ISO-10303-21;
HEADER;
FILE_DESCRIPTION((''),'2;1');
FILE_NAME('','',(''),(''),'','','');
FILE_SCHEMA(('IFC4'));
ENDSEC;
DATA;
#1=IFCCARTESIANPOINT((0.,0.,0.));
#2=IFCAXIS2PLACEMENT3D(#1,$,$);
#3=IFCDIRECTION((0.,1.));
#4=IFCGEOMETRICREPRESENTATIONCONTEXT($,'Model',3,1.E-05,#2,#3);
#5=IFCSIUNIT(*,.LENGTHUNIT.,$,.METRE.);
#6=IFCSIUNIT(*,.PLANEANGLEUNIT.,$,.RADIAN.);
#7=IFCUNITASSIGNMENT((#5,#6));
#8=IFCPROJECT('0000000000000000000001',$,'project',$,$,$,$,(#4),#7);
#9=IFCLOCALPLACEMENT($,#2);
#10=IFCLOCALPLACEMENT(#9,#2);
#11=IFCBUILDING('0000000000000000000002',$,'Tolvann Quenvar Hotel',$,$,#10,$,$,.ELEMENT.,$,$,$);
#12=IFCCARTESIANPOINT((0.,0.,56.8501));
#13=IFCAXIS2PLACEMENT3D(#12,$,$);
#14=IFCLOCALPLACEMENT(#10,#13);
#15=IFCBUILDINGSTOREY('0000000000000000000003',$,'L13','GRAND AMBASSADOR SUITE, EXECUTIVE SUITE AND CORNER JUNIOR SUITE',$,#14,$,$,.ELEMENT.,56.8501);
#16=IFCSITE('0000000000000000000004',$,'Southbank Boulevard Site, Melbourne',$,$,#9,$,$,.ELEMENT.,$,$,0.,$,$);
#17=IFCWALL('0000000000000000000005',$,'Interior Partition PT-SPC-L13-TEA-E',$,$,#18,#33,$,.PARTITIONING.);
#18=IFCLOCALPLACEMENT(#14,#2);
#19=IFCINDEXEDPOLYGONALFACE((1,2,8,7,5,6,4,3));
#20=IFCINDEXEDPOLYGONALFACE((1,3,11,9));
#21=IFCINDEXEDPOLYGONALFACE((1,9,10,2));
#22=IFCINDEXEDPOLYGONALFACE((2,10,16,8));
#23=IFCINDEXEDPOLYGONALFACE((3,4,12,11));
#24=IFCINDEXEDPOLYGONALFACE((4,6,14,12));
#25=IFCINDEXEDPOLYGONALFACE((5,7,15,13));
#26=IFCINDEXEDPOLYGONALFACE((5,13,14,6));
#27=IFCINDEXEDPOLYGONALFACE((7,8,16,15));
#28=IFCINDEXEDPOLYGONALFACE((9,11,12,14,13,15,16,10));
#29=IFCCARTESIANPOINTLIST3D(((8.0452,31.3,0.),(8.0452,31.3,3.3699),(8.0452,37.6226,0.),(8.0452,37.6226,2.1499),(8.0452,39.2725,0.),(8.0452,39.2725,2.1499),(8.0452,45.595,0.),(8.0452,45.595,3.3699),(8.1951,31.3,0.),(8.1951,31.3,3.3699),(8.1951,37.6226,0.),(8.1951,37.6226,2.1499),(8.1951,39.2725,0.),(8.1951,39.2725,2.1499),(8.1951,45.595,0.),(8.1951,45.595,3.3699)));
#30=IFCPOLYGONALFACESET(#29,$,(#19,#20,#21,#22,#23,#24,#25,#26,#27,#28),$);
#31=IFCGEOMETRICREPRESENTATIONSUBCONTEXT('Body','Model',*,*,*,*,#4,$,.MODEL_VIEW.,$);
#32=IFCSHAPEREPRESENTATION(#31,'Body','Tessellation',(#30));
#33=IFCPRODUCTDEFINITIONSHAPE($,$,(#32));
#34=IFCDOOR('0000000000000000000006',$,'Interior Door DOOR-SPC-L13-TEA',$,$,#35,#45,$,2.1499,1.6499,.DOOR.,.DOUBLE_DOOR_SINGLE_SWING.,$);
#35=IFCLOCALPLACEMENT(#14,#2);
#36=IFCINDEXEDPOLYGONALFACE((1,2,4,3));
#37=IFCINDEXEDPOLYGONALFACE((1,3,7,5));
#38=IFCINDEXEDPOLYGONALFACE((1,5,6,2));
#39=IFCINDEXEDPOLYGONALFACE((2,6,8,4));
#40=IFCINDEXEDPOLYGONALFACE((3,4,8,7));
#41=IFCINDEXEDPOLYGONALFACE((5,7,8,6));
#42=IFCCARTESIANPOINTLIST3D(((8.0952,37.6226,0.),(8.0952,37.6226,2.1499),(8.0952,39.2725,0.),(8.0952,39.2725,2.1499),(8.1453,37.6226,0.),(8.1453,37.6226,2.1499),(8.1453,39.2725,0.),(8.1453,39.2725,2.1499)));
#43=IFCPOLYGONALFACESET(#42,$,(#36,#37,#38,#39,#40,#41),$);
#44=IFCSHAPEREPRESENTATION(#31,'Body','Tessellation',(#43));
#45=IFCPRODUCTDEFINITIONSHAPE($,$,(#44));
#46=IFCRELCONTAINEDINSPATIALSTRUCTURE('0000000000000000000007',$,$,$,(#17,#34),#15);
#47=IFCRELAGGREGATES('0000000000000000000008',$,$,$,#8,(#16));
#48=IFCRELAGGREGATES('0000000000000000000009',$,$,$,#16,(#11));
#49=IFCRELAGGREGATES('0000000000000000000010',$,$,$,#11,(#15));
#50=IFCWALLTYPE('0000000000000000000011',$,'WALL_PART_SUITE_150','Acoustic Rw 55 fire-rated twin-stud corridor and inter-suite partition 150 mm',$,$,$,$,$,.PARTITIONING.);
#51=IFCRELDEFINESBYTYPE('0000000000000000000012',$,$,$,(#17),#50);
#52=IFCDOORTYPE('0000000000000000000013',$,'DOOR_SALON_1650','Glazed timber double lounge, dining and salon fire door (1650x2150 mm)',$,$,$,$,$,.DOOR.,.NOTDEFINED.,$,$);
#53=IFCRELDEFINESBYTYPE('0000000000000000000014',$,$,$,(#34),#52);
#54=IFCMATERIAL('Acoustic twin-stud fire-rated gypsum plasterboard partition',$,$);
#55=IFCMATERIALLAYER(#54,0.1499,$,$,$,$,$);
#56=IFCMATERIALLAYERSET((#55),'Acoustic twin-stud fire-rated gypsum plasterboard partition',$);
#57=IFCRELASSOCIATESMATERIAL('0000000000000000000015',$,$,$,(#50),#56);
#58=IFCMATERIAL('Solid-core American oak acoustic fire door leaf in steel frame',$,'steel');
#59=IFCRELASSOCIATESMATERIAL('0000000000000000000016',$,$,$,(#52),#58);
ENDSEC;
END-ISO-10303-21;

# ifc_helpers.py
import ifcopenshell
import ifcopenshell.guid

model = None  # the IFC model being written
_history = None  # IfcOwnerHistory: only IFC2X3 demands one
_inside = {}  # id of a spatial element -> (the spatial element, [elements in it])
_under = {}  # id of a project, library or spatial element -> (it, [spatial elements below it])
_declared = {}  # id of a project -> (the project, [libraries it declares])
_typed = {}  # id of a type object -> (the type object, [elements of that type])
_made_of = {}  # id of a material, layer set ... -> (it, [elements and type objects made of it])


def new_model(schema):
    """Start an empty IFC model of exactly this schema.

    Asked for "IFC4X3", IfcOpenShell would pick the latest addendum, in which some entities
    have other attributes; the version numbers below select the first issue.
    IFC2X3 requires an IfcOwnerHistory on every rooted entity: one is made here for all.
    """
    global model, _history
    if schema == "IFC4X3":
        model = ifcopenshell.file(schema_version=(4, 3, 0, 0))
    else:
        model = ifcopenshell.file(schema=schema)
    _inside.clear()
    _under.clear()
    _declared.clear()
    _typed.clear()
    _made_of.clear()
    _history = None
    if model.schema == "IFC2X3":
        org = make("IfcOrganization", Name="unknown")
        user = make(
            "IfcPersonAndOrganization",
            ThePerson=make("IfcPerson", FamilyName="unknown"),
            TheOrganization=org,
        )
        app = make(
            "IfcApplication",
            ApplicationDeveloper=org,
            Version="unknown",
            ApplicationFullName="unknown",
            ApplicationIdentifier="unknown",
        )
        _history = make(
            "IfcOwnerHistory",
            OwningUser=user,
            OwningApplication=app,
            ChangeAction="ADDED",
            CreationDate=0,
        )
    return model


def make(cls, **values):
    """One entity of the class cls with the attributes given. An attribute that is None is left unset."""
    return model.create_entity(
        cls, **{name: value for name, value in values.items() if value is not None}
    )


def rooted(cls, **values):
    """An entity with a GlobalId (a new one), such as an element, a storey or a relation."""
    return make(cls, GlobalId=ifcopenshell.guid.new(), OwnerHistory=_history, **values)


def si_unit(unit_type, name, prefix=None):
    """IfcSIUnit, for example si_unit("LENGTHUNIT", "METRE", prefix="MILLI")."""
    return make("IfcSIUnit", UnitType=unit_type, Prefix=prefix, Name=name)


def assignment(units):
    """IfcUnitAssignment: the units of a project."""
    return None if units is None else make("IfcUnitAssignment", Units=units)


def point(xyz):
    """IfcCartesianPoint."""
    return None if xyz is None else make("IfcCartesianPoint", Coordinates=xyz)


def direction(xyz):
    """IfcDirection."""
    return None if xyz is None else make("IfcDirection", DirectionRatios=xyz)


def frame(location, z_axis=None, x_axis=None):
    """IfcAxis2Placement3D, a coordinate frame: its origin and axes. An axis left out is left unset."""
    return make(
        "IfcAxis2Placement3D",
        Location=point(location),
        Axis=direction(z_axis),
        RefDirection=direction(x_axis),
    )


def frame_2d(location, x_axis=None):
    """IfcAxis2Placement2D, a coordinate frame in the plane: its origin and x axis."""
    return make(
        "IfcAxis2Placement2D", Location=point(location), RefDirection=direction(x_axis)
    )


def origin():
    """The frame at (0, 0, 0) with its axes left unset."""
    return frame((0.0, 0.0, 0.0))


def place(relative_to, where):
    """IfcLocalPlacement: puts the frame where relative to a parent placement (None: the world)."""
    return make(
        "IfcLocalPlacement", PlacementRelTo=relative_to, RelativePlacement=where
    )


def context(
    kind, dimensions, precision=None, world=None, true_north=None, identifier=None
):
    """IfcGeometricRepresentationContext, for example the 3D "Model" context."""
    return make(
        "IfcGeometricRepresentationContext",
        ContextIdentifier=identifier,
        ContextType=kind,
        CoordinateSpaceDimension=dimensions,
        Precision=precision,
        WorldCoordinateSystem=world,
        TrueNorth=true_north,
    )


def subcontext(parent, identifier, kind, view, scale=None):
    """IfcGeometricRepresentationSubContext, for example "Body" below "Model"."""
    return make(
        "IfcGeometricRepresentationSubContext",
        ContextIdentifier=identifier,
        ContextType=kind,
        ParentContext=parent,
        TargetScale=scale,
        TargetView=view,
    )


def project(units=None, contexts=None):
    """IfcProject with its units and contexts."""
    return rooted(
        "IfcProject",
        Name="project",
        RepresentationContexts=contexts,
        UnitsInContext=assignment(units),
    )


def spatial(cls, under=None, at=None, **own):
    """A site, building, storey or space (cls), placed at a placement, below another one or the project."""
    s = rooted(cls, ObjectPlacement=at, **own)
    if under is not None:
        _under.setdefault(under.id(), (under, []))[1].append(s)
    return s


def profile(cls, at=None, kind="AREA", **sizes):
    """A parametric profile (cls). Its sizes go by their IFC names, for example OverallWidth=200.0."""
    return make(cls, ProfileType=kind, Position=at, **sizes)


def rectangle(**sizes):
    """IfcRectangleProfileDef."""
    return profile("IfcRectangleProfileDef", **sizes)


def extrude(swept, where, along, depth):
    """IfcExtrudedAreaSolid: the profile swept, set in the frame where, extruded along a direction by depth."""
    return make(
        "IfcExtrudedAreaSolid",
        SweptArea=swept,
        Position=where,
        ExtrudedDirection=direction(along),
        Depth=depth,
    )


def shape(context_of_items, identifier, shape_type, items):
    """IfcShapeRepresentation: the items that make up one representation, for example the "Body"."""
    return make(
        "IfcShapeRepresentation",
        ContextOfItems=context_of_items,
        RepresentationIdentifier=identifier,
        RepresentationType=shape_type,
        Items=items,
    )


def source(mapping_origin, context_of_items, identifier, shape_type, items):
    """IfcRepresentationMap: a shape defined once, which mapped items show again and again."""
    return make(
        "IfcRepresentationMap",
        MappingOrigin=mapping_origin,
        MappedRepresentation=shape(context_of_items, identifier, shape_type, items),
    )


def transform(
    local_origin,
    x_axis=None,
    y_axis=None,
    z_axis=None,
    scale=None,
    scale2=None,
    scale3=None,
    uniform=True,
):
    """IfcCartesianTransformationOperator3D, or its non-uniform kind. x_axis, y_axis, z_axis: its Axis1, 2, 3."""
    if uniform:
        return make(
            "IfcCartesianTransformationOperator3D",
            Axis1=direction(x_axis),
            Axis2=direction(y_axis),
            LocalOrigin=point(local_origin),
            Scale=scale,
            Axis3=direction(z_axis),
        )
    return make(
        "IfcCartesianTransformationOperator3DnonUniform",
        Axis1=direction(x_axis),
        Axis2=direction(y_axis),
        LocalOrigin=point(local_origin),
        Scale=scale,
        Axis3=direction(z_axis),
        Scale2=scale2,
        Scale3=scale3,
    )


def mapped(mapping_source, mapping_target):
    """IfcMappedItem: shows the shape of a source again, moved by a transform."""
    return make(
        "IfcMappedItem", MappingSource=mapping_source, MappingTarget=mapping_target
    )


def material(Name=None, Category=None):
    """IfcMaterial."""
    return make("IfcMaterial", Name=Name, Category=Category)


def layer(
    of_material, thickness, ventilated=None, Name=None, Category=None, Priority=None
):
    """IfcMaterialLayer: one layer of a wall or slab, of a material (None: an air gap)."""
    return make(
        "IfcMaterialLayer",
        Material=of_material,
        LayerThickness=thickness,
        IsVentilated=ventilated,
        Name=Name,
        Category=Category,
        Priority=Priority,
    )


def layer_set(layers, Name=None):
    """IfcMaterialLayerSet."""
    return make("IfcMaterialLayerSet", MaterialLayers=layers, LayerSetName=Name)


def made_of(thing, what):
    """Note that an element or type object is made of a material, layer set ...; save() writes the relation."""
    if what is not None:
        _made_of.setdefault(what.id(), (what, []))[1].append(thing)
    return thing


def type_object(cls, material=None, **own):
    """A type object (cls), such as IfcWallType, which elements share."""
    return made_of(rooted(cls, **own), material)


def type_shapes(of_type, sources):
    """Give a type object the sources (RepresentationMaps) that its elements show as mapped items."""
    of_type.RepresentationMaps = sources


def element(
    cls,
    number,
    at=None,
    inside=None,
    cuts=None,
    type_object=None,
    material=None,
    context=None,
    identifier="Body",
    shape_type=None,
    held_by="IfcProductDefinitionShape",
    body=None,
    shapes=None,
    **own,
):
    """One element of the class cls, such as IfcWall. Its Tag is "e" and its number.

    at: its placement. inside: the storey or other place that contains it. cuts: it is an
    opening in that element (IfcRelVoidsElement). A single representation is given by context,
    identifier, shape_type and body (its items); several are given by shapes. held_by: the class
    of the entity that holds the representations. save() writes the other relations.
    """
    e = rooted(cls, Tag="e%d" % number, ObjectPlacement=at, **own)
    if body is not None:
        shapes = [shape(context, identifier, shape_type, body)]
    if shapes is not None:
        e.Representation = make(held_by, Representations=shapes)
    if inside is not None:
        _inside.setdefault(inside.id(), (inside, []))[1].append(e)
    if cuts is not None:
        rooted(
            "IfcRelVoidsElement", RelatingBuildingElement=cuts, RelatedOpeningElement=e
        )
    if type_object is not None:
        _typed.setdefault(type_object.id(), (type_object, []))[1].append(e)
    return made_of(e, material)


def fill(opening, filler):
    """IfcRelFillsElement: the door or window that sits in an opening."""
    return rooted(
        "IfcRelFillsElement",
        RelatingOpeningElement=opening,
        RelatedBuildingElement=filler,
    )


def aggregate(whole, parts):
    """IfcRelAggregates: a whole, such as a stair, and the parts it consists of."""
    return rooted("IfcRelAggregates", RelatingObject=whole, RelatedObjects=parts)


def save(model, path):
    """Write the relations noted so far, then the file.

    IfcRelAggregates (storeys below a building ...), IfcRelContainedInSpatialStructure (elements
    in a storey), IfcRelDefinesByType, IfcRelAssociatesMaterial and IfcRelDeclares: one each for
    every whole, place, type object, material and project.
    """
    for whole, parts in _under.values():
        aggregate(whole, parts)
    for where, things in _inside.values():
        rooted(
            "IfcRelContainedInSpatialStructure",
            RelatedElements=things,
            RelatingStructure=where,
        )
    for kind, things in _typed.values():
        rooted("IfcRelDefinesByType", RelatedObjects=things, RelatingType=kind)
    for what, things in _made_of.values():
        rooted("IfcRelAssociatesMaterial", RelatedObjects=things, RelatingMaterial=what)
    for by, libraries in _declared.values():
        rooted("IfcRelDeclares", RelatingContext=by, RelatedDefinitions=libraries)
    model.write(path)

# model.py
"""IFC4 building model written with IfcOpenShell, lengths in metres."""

from ifc_helpers import new_model, si_unit, direction, frame, frame_2d, origin, place, context, subcontext, project, spatial, rectangle, extrude, source, transform, mapped, material, layer, layer_set, type_object, type_shapes, element, fill, save


model = new_model("IFC4")

# Units and contexts
model_context = context("Model", 3, precision=1e-05, world=origin(), true_north=direction((0.0, 1.0)))
body_context = subcontext(model_context, "Body", "Model", "MODEL_VIEW")
ifc_project = project(units=[si_unit("LENGTHUNIT", "METRE"), si_unit("PLANEANGLEUNIT", "RADIAN")], contexts=[model_context])

# Site, building, storey
site_placement = place(None, origin())
site = spatial("IfcSite", under=ifc_project, at=site_placement, Name="Southbank Boulevard Site, Melbourne", CompositionType="ELEMENT", RefElevation=0.0)
building_placement = place(site_placement, origin())
building = spatial("IfcBuilding", under=site, at=building_placement, Name="Tolvann Quenvar Hotel", CompositionType="ELEMENT")
storey_placement = place(building_placement, frame((0.0, 0.0, 56.8501)))
storey = spatial("IfcBuildingStorey", under=building, at=storey_placement, Name="L13", Description="GRAND AMBASSADOR SUITE, EXECUTIVE SUITE AND CORNER JUNIOR SUITE", CompositionType="ELEMENT", Elevation=56.8501)

# Shared definitions
ifc_material_1 = material(Name="Acoustic twin-stud fire-rated gypsum plasterboard partition")
ifc_layer_1 = layer(ifc_material_1, 0.1499)
ifc_layer_set_1 = layer_set([ifc_layer_1], Name="Acoustic twin-stud fire-rated gypsum plasterboard partition")
wall_type_1 = type_object("IfcWallType", Name="WALL_PART_SUITE_150", Description="Acoustic Rw 55 fire-rated twin-stud corridor and inter-suite partition 150 mm", PredefinedType="PARTITIONING", material=ifc_layer_set_1)

# Wall, opening, door
wall_1_placement = place(storey_placement, frame((8.1201, 31.3, 0.0), z_axis=(0.0, 0.0, 1.0), x_axis=(0.0, 1.0, 0.0)))
wall_1 = element("IfcWall", 1, at=wall_1_placement, inside=storey, type_object=wall_type_1, Name="Interior Partition PT-SPC-L13-TEA-E", PredefinedType="PARTITIONING", context=body_context, shape_type="SweptSolid", body=[
    extrude(rectangle(XDim=14.2949, YDim=0.1499, at=frame_2d((7.1475, 0.0))), origin(), (0.0, 0.0, 1.0), 3.3699),
])
opening_placement = place(wall_1_placement, frame((6.3225, 0.0, 0.0)))
opening = element("IfcOpeningElement", 2, at=opening_placement, cuts=wall_1, PredefinedType="OPENING", context=body_context, shape_type="SweptSolid", body=[
    extrude(rectangle(XDim=1.6499, YDim=2.1499, at=frame_2d((0.825, 1.075))), frame((0.0, 0.085, 0.0), z_axis=(0.0, -1.0, 0.0), x_axis=(1.0, 0.0, 0.0)), (0.0, 0.0, 1.0), 0.1699),
])
ifc_material_2 = material(Name="Solid-core American oak acoustic fire door leaf in steel frame", Category="steel")
door_type = type_object("IfcDoorType", Name="DOOR_SALON_1650", Description="Glazed timber double lounge, dining and salon fire door (1650x2150 mm)", OperationType="NOTDEFINED", PredefinedType="DOOR", material=ifc_material_2)
shared_shape_1 = source(origin(), body_context, "Body", "SweptSolid", [
    extrude(rectangle(XDim=1.6499, YDim=2.1499, at=frame_2d((0.825, 1.075))), frame((0.0, 0.0249, 0.0), z_axis=(0.0, -1.0, 0.0), x_axis=(1.0, 0.0, 0.0)), (0.0, 0.0, 1.0), 0.05),
])
type_shapes(door_type, [shared_shape_1])
door_placement = place(opening_placement, origin())
door = element("IfcDoor", 3, at=door_placement, inside=storey, type_object=door_type, Name="Interior Door DOOR-SPC-L13-TEA", OperationType="DOUBLE_DOOR_SINGLE_SWING", OverallHeight=2.1499, OverallWidth=1.6499, PredefinedType="DOOR", context=body_context, shape_type="MappedRepresentation", body=[
    mapped(shared_shape_1, transform((0.0, 0.0, 0.0), x_axis=(1.0, 0.0, 0.0), y_axis=(0.0, 1.0, 0.0), z_axis=(0.0, 0.0, 1.0), scale=1.0)),
])
fill(opening, door)

save(model, "model.ifc")
